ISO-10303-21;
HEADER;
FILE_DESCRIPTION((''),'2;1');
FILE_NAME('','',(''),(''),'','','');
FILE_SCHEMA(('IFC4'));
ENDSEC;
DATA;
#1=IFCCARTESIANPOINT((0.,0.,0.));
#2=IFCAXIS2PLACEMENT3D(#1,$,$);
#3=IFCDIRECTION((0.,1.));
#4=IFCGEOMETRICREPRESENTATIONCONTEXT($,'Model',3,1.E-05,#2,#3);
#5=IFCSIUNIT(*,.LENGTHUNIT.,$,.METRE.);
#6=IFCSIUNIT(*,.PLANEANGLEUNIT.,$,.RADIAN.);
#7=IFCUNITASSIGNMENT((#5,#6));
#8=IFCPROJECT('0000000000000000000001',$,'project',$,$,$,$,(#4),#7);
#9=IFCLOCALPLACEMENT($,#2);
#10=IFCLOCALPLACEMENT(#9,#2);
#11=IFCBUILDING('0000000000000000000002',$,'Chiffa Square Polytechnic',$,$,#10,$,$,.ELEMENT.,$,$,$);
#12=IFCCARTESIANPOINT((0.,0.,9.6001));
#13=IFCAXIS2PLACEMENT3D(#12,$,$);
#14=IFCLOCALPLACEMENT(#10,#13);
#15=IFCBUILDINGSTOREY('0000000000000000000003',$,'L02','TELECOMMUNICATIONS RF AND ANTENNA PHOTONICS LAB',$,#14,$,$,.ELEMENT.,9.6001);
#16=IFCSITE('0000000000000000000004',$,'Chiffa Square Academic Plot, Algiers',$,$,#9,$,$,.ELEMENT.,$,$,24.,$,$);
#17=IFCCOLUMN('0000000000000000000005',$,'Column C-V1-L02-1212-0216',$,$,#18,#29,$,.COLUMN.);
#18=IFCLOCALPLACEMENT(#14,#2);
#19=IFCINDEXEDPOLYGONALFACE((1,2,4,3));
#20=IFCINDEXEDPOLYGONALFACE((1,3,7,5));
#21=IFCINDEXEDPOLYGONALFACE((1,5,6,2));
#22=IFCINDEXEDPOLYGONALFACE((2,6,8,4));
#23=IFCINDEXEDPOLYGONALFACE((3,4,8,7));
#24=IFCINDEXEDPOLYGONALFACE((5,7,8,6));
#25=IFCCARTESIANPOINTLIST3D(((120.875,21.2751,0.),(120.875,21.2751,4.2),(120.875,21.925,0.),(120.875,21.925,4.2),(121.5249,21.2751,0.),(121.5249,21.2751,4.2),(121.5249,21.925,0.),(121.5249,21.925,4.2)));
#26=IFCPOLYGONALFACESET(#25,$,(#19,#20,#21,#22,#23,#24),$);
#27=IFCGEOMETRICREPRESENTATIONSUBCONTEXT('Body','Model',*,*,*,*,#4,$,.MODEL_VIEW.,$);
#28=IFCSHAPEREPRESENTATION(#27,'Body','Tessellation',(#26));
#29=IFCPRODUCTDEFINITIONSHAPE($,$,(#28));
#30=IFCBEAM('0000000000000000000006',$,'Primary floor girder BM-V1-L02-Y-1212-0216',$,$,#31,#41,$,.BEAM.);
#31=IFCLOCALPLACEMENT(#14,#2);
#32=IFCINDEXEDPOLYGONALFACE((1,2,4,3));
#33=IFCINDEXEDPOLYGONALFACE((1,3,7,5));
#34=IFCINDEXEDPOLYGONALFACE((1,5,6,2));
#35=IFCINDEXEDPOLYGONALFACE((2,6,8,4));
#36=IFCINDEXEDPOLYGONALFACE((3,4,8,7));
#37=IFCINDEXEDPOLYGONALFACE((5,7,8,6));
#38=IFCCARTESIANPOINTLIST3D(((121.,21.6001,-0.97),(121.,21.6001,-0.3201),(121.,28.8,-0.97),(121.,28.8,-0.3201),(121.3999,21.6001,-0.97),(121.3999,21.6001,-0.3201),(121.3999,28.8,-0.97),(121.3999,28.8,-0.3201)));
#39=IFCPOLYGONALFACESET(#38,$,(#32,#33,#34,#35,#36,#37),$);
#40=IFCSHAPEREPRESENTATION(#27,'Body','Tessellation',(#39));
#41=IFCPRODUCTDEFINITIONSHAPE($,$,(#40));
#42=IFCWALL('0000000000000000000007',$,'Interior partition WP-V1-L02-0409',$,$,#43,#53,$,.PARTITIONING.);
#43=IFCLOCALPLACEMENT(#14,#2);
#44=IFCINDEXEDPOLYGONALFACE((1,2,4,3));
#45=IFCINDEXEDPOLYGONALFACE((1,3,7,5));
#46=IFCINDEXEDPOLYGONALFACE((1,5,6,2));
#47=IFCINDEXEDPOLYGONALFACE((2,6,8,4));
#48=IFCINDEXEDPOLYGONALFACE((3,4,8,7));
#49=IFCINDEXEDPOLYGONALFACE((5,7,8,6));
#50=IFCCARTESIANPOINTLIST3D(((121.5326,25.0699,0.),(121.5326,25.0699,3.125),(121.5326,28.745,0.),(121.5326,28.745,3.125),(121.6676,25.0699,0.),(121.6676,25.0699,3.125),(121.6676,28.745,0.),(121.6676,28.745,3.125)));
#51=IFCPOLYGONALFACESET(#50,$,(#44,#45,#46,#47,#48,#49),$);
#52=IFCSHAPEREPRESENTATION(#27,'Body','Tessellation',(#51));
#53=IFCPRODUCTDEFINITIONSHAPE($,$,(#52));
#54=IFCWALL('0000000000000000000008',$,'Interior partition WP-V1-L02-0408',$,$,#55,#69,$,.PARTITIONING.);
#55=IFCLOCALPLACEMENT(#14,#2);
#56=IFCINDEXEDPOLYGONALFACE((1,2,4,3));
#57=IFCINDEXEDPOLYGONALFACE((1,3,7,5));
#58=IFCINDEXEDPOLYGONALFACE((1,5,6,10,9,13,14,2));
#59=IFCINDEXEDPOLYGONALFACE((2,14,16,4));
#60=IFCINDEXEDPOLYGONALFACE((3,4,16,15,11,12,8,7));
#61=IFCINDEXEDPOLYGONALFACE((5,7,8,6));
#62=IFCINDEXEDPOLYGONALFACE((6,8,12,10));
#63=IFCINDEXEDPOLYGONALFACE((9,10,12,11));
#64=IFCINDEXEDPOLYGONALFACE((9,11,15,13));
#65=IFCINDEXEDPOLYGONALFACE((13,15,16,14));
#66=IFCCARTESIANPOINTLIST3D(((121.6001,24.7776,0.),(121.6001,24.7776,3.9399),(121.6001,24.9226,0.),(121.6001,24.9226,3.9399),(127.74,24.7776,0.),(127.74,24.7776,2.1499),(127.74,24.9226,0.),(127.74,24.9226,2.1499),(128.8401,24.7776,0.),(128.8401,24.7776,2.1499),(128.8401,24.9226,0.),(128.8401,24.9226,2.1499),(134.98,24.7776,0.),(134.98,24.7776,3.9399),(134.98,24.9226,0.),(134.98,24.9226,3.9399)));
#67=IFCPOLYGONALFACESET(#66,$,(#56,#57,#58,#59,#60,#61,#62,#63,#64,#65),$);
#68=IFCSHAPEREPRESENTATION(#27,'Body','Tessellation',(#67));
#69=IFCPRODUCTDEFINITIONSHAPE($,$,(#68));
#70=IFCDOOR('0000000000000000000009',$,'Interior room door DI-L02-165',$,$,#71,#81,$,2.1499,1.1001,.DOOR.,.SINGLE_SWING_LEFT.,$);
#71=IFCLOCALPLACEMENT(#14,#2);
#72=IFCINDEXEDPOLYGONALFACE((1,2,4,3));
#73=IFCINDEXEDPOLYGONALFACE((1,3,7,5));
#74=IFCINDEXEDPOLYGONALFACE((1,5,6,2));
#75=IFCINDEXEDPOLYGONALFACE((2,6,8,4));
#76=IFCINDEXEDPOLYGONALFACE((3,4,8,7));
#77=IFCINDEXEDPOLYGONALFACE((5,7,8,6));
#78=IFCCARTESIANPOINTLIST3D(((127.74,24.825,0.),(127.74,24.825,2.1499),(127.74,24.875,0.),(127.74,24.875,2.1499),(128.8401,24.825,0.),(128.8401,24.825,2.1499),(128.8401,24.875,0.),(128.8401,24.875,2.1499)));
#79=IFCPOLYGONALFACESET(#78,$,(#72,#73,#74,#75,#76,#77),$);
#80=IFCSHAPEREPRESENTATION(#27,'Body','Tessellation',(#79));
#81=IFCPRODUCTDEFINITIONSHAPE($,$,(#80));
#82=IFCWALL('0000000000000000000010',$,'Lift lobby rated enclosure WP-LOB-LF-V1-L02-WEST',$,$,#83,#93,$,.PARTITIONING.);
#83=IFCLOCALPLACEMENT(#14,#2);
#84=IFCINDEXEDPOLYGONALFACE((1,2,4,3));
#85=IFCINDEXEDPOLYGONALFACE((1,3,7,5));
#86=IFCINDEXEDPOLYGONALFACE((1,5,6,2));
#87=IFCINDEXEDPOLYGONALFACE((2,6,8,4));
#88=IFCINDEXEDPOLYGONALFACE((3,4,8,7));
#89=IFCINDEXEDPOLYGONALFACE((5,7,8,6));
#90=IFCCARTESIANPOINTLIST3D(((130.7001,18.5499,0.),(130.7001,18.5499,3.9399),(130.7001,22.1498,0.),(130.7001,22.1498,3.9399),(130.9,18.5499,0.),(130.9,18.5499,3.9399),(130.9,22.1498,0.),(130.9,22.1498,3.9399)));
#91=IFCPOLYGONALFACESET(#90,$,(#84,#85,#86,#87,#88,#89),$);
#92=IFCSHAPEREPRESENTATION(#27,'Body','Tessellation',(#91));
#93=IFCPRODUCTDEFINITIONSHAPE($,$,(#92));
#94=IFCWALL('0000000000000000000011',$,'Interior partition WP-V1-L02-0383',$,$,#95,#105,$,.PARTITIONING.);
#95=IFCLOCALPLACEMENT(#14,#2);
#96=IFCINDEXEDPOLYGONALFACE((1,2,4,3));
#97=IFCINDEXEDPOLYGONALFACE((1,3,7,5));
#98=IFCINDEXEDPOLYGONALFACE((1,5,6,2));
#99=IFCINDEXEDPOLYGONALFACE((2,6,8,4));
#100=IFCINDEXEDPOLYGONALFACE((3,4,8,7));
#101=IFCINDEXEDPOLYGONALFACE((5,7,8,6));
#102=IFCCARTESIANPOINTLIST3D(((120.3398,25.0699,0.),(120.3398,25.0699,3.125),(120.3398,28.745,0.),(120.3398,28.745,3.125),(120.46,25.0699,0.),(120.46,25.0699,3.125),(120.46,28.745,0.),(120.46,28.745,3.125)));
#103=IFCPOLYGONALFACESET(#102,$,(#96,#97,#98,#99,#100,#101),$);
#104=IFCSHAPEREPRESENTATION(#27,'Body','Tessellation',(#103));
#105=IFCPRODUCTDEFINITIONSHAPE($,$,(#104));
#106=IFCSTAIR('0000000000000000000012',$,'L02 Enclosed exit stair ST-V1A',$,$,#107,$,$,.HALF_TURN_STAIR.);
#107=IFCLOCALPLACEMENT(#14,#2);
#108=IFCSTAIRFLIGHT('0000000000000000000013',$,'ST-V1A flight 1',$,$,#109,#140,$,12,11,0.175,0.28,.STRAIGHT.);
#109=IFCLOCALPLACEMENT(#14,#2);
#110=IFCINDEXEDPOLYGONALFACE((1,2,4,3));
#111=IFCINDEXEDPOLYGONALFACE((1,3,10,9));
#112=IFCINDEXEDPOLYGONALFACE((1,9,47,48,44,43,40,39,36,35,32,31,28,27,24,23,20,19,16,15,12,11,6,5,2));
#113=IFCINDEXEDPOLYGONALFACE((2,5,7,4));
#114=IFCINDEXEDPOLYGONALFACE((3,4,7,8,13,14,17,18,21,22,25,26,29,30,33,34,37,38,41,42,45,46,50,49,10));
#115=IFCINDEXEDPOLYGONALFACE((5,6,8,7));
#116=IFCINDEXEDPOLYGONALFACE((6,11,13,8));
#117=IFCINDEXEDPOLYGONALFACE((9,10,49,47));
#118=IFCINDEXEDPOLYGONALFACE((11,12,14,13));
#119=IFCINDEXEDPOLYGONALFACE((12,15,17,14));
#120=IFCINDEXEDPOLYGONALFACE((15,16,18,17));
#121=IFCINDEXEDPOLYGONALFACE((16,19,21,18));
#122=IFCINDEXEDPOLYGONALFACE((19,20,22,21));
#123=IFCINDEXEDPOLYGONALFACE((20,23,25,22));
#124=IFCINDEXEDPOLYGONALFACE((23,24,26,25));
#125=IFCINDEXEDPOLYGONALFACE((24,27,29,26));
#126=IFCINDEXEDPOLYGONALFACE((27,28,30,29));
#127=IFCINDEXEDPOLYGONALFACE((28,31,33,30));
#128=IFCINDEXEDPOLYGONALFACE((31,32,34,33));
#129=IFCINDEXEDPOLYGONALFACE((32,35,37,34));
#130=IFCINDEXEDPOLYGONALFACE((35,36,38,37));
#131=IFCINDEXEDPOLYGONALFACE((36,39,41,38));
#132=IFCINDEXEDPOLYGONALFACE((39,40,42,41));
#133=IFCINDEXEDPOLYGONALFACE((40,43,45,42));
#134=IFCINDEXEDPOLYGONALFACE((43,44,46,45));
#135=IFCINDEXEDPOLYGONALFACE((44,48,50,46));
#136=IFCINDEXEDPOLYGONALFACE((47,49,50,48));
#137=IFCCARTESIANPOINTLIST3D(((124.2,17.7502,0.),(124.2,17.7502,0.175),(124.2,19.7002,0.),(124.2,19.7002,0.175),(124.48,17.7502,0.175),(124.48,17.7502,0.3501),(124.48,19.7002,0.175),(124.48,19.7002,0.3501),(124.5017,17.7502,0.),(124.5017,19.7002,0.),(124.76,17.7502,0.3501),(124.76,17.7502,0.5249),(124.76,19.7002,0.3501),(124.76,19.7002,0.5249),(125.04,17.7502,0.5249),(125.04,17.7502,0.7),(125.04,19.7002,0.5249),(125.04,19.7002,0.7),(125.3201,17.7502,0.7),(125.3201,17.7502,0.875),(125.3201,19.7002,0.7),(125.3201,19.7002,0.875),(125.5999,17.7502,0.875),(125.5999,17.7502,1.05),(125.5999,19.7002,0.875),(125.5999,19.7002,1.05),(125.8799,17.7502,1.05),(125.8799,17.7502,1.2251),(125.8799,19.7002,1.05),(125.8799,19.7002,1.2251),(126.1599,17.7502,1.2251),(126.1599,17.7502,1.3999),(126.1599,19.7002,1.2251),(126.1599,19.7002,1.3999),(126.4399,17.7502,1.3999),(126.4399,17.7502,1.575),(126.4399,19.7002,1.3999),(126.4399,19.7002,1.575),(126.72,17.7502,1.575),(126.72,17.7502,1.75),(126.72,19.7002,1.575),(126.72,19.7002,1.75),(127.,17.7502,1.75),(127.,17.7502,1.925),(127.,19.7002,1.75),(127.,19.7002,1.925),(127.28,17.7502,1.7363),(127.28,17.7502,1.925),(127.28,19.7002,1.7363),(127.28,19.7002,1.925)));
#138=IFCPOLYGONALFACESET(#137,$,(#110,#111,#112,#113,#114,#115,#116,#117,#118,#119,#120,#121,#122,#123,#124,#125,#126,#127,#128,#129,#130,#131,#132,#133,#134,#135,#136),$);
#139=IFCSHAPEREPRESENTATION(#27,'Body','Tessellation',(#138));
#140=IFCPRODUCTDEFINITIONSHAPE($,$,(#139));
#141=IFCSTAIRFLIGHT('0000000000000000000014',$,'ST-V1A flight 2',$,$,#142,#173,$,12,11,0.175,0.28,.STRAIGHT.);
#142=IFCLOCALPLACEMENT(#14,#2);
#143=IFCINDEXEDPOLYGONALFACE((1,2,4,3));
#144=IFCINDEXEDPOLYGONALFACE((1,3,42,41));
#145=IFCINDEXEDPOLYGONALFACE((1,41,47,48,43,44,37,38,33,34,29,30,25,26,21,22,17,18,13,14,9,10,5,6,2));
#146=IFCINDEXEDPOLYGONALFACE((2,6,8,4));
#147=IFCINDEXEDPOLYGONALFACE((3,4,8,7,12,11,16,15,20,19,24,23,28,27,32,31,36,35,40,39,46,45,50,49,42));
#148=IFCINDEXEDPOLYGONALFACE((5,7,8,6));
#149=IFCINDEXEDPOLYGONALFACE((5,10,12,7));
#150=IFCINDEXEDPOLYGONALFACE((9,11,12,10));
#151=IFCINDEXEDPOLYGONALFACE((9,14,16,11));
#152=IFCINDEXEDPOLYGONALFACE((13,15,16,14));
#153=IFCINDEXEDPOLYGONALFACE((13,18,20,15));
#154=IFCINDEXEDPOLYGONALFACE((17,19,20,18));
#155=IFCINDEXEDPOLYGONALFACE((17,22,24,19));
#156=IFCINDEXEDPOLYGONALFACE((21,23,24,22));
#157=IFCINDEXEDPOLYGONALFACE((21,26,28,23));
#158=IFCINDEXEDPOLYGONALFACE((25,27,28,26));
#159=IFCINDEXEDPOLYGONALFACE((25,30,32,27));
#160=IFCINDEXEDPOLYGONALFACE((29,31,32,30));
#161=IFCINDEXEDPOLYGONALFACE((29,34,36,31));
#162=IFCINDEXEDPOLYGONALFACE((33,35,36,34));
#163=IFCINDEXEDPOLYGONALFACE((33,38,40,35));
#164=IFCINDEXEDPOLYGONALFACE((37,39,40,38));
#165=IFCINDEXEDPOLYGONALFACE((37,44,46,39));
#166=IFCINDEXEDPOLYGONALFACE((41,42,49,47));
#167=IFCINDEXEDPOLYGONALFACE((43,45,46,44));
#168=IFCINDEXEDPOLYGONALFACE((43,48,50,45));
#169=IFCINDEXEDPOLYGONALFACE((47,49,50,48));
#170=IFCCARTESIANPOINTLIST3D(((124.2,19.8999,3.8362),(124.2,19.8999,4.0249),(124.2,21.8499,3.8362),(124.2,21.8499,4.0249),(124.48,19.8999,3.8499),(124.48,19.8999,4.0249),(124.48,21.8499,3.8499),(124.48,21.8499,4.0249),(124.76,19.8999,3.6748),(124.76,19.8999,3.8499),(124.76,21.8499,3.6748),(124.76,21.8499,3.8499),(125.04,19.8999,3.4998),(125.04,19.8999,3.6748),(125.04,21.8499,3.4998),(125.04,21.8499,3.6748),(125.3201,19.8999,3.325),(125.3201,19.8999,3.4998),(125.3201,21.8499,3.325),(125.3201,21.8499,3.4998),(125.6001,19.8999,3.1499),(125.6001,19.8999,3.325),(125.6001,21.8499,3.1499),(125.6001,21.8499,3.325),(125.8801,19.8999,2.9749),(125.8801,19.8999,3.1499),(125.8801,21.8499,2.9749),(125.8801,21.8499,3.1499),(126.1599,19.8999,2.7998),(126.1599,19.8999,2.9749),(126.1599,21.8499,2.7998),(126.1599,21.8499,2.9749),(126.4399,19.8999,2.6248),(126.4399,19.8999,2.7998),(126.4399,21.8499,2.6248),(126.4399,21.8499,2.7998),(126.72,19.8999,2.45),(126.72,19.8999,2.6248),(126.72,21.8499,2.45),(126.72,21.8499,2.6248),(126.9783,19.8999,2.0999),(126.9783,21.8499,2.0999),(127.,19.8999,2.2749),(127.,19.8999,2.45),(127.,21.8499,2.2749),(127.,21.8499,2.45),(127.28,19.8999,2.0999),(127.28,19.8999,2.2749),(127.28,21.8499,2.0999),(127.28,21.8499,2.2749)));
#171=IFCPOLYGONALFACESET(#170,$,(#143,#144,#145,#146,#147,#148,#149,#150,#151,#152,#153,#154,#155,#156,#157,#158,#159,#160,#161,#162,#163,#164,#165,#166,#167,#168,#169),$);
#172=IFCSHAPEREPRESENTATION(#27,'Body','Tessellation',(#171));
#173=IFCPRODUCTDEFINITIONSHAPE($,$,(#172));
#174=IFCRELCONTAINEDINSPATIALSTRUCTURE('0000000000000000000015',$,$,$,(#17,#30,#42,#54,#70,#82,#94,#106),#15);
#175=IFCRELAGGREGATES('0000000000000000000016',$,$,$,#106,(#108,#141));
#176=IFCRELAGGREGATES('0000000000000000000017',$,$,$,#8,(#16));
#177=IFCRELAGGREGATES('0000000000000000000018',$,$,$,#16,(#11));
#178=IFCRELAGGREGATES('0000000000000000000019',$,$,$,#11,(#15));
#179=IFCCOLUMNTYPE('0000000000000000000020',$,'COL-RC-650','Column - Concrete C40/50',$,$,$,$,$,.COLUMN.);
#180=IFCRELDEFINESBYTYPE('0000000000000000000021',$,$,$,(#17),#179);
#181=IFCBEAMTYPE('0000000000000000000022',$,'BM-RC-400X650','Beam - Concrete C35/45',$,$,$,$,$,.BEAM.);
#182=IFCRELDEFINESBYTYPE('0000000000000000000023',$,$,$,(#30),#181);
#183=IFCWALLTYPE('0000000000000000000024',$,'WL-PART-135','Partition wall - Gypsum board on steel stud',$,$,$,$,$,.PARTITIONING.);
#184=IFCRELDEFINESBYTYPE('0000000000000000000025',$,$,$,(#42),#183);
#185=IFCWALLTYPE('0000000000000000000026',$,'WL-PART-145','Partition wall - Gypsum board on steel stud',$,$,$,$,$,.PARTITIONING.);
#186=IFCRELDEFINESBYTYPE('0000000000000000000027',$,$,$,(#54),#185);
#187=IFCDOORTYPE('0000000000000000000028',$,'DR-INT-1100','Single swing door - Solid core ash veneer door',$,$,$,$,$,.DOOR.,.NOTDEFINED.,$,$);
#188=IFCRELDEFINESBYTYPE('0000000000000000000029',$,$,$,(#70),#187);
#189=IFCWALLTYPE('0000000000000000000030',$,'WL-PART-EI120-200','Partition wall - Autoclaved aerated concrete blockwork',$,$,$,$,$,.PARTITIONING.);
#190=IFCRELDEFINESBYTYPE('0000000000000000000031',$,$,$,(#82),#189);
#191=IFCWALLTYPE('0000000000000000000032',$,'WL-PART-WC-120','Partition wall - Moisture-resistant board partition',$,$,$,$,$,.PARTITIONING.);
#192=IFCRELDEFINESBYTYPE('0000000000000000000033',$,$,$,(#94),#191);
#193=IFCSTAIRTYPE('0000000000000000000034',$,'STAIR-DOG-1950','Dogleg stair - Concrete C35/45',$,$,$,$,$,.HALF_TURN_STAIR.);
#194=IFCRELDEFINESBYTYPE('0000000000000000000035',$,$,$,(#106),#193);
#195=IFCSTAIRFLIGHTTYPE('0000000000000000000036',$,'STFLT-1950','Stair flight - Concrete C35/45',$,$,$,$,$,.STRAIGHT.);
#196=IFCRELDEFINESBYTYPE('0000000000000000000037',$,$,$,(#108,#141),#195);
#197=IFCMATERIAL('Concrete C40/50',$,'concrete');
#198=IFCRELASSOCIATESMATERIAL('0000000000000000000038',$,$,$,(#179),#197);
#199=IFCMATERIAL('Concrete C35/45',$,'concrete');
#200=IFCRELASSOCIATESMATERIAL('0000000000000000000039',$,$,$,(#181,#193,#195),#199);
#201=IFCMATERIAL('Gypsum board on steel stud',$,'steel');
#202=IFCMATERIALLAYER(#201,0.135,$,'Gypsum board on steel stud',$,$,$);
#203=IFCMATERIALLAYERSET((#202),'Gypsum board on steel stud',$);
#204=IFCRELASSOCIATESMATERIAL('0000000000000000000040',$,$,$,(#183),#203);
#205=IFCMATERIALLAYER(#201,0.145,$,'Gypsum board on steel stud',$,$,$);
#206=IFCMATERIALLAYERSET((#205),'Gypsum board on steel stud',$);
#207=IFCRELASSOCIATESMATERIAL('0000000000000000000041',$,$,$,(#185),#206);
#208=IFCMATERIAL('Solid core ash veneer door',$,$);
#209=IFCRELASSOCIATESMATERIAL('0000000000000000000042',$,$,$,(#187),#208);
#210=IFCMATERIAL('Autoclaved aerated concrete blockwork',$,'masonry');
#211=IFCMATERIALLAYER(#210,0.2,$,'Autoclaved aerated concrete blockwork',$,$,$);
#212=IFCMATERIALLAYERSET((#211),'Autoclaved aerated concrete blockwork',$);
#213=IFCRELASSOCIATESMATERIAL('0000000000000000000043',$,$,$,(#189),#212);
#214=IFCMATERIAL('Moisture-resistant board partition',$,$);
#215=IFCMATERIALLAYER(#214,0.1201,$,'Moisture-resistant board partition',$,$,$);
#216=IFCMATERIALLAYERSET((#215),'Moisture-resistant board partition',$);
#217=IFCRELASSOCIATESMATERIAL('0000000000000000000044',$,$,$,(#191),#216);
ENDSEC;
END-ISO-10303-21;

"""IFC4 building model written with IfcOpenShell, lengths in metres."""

from ifc_helpers import new_model, si_unit, direction, frame, frame_2d, origin, origin_2d, place, context, subcontext, project, spatial, polyline, rectangle, outline, extrude, material, layer, layer_set, material_profile, profile_set, type_object, element, fill, aggregate, save


model = new_model("IFC4")

# Units and contexts
model_context = context("Model", 3, precision=1e-05, world=origin(), true_north=direction((0.0, 1.0)))
body_context = subcontext(model_context, "Body", "Model", "MODEL_VIEW")
ifc_project = project(units=[si_unit("LENGTHUNIT", "METRE"), si_unit("PLANEANGLEUNIT", "RADIAN")], contexts=[model_context])

# Site, building, storey
site_placement = place(None, origin())
site = spatial("IfcSite", under=ifc_project, at=site_placement, Name="Chiffa Square Academic Plot, Algiers", CompositionType="ELEMENT", RefElevation=24.0)
building_placement = place(site_placement, origin())
building = spatial("IfcBuilding", under=site, at=building_placement, Name="Chiffa Square Polytechnic", CompositionType="ELEMENT")
storey_placement = place(building_placement, frame((0.0, 0.0, 9.6001)))
storey = spatial("IfcBuildingStorey", under=building, at=storey_placement, Name="L02", Description="TELECOMMUNICATIONS RF AND ANTENNA PHOTONICS LAB", CompositionType="ELEMENT", Elevation=9.6001)

# Column
ifc_material_1 = material(Name="Concrete C40/50", Category="concrete")
ifc_material_profile_1 = material_profile(ifc_material_1, rectangle(XDim=0.6499, YDim=0.6499, at=origin_2d()), Name="RC 650x650")
ifc_profile_set_1 = profile_set([ifc_material_profile_1], Name="Concrete C40/50")
column_type = type_object("IfcColumnType", Name="COL-RC-650", Description="Column - Concrete C40/50", PredefinedType="COLUMN", material=ifc_profile_set_1)
column_placement = place(storey_placement, frame((121.2, 21.6001, 0.0), z_axis=(0.0, 0.0, 1.0), x_axis=(1.0, 0.0, 0.0)))
element("IfcColumn", 1, at=column_placement, inside=storey, type_object=column_type, Name="Column C-V1-L02-1212-0216", PredefinedType="COLUMN", context=body_context, shape_type="SweptSolid", body=[
    extrude(rectangle(XDim=0.6499, YDim=0.6499, at=origin_2d()), origin(), (0.0, 0.0, 1.0), 4.2),
])

# Beam
ifc_material_2 = material(Name="Concrete C35/45", Category="concrete")
ifc_material_profile_2 = material_profile(ifc_material_2, rectangle(XDim=0.3999, YDim=0.6499, at=origin_2d()), Name="RC 400x650")
ifc_profile_set_2 = profile_set([ifc_material_profile_2], Name="Concrete C35/45")
beam_type = type_object("IfcBeamType", Name="BM-RC-400X650", Description="Beam - Concrete C35/45", PredefinedType="BEAM", material=ifc_profile_set_2)
beam_placement = place(storey_placement, frame((121.2, 21.6001, -0.645), z_axis=(0.0, 1.0, 0.0), x_axis=(-1.0, 0.0, 0.0)))
element("IfcBeam", 2, at=beam_placement, inside=storey, type_object=beam_type, Name="Primary floor girder BM-V1-L02-Y-1212-0216", PredefinedType="BEAM", context=body_context, shape_type="SweptSolid", body=[
    extrude(rectangle(XDim=0.3999, YDim=0.6499, at=origin_2d()), origin(), (0.0, 0.0, 1.0), 7.2),
])

# Wall
ifc_material_3 = material(Name="Gypsum board on steel stud", Category="steel")
ifc_layer_1 = layer(ifc_material_3, 0.135, Name="Gypsum board on steel stud")
ifc_layer_set_1 = layer_set([ifc_layer_1], Name="Gypsum board on steel stud")
wall_type_1 = type_object("IfcWallType", Name="WL-PART-135", Description="Partition wall - Gypsum board on steel stud", PredefinedType="PARTITIONING", material=ifc_layer_set_1)
wall_1_placement = place(storey_placement, frame((121.6001, 25.0701, 0.0), z_axis=(0.0, 0.0, 1.0), x_axis=(0.0, 1.0, 0.0)))
element("IfcWall", 3, at=wall_1_placement, inside=storey, type_object=wall_type_1, Name="Interior partition WP-V1-L02-0409", PredefinedType="PARTITIONING", context=body_context, shape_type="SweptSolid", body=[
    extrude(rectangle(XDim=3.675, YDim=0.135, at=frame_2d((1.8374, 0.0))), origin(), (0.0, 0.0, 1.0), 3.125),
])

# Wall, opening, door
ifc_layer_2 = layer(ifc_material_3, 0.145, Name="Gypsum board on steel stud")
ifc_layer_set_2 = layer_set([ifc_layer_2], Name="Gypsum board on steel stud")
wall_type_2 = type_object("IfcWallType", Name="WL-PART-145", Description="Partition wall - Gypsum board on steel stud", PredefinedType="PARTITIONING", material=ifc_layer_set_2)
wall_2_placement = place(storey_placement, frame((121.6001, 24.8501, 0.0), z_axis=(0.0, 0.0, 1.0), x_axis=(1.0, 0.0, 0.0)))
wall_2 = element("IfcWall", 4, at=wall_2_placement, inside=storey, type_object=wall_type_2, Name="Interior partition WP-V1-L02-0408", PredefinedType="PARTITIONING", context=body_context, shape_type="SweptSolid", body=[
    extrude(rectangle(XDim=13.3799, YDim=0.145, at=frame_2d((6.6899, 0.0))), origin(), (0.0, 0.0, 1.0), 3.9399),
])
opening_1_placement = place(wall_2_placement, frame((6.1399, 0.0, 0.0)))
opening_1 = element("IfcOpeningElement", 5, at=opening_1_placement, cuts=wall_2, PredefinedType="OPENING", context=body_context, shape_type="SweptSolid", body=[
    extrude(rectangle(XDim=1.1001, YDim=2.1499, at=frame_2d((0.55, 1.075))), frame((0.0, 0.0825, 0.0), z_axis=(0.0, -1.0, 0.0), x_axis=(1.0, 0.0, 0.0)), (0.0, 0.0, 1.0), 0.165),
])
ifc_material_4 = material(Name="Solid core ash veneer door")
door_type_1 = type_object("IfcDoorType", Name="DR-INT-1100", Description="Single swing door - Solid core ash veneer door", OperationType="NOTDEFINED", PredefinedType="DOOR", material=ifc_material_4)
door_1_placement = place(opening_1_placement, origin())
door_1 = element("IfcDoor", 6, at=door_1_placement, inside=storey, type_object=door_type_1, Name="Interior room door DI-L02-165", OperationType="SINGLE_SWING_LEFT", OverallHeight=2.1499, OverallWidth=1.1001, PredefinedType="DOOR", context=body_context, shape_type="SweptSolid", body=[
    extrude(rectangle(XDim=1.1001, YDim=2.1499, at=frame_2d((0.55, 1.075))), frame((0.0, 0.0249, 0.0), z_axis=(0.0, -1.0, 0.0), x_axis=(1.0, 0.0, 0.0)), (0.0, 0.0, 1.0), 0.05),
])
fill(opening_1, door_1)

# Walls
ifc_material_5 = material(Name="Autoclaved aerated concrete blockwork", Category="masonry")
ifc_layer_3 = layer(ifc_material_5, 0.2, Name="Autoclaved aerated concrete blockwork")
ifc_layer_set_3 = layer_set([ifc_layer_3], Name="Autoclaved aerated concrete blockwork")
wall_type_3 = type_object("IfcWallType", Name="WL-PART-EI120-200", Description="Partition wall - Autoclaved aerated concrete blockwork", PredefinedType="PARTITIONING", material=ifc_layer_set_3)
wall_3_placement = place(storey_placement, frame((130.8, 18.55, 0.0), z_axis=(0.0, 0.0, 1.0), x_axis=(0.0, 1.0, 0.0)))
element("IfcWall", 7, at=wall_3_placement, inside=storey, type_object=wall_type_3, Name="Lift lobby rated enclosure WP-LOB-LF-V1-L02-WEST", PredefinedType="PARTITIONING", context=body_context, shape_type="SweptSolid", body=[
    extrude(rectangle(XDim=3.5999, YDim=0.2, at=frame_2d((1.7998, 0.0))), origin(), (0.0, 0.0, 1.0), 3.9399),
])
ifc_material_6 = material(Name="Moisture-resistant board partition")
ifc_layer_4 = layer(ifc_material_6, 0.1201, Name="Moisture-resistant board partition")
ifc_layer_set_4 = layer_set([ifc_layer_4], Name="Moisture-resistant board partition")
wall_type_4 = type_object("IfcWallType", Name="WL-PART-WC-120", Description="Partition wall - Moisture-resistant board partition", PredefinedType="PARTITIONING", material=ifc_layer_set_4)
wall_4_placement = place(storey_placement, frame((120.3999, 25.0701, 0.0), z_axis=(0.0, 0.0, 1.0), x_axis=(0.0, 1.0, 0.0)))
element("IfcWall", 8, at=wall_4_placement, inside=storey, type_object=wall_type_4, Name="Interior partition WP-V1-L02-0383", PredefinedType="PARTITIONING", context=body_context, shape_type="SweptSolid", body=[
    extrude(rectangle(XDim=3.675, YDim=0.1201, at=frame_2d((1.8374, 0.0))), origin(), (0.0, 0.0, 1.0), 3.125),
])

# Stair, stair flights
stair_type = type_object("IfcStairType", Name="STAIR-DOG-1950", Description="Dogleg stair - Concrete C35/45", PredefinedType="HALF_TURN_STAIR", material=ifc_material_2)
stair_placement = place(storey_placement, origin())
stair = element("IfcStair", 9, at=stair_placement, inside=storey, type_object=stair_type, Name="L02 Enclosed exit stair ST-V1A", PredefinedType="HALF_TURN_STAIR")
stair_flight_type = type_object("IfcStairFlightType", Name="STFLT-1950", Description="Stair flight - Concrete C35/45", PredefinedType="STRAIGHT", material=ifc_material_2)
stair_flight_1_placement = place(storey_placement, frame((124.2, 18.7251, 0.0), z_axis=(0.0, 0.0, 1.0), x_axis=(1.0, 0.0, 0.0)))
stair_flight_1 = element("IfcStairFlight", 10, at=stair_flight_1_placement, type_object=stair_flight_type, Name="ST-V1A flight 1", NumberOfRisers=12, NumberOfTreads=11, PredefinedType="STRAIGHT", RiserHeight=0.175, TreadLength=0.28, context=body_context, shape_type="SweptSolid", body=[
    extrude(outline(polyline([(0.0, 0.0), (0.0, 0.175), (0.28, 0.175), (0.28, 0.3501), (0.5601, 0.3501), (0.5601, 0.5249), (0.8401, 0.5249), (0.8401, 0.7), (1.1201, 0.7), (1.1201, 0.875), (1.3999, 0.875), (1.3999, 1.05), (1.6799, 1.05), (1.6799, 1.2251), (1.96, 1.2251), (1.96, 1.3999), (2.24, 1.3999), (2.24, 1.575), (2.52, 1.575), (2.52, 1.75), (2.8, 1.75), (2.8, 1.925), (3.0801, 1.925), (3.0801, 2.1001), (3.0801, 1.7363), (0.3018, 0.0), (0.0, 0.0)])), frame((0.0, 0.9751, 0.0), z_axis=(0.0, -1.0, 0.0), x_axis=(1.0, 0.0, 0.0)), (0.0, 0.0, 1.0), 1.95),
])
stair_flight_2_placement = place(storey_placement, frame((127.28, 20.875, 2.0999), z_axis=(0.0, 0.0, 1.0), x_axis=(-1.0, 0.0, 0.0)))
stair_flight_2 = element("IfcStairFlight", 11, at=stair_flight_2_placement, type_object=stair_flight_type, Name="ST-V1A flight 2", NumberOfRisers=12, NumberOfTreads=11, PredefinedType="STRAIGHT", RiserHeight=0.175, TreadLength=0.28, context=body_context, shape_type="SweptSolid", body=[
    extrude(outline(polyline([(0.0, 0.0), (0.0, 0.175), (0.28, 0.175), (0.28, 0.3501), (0.5601, 0.3501), (0.5601, 0.5249), (0.8401, 0.5249), (0.8401, 0.7), (1.1201, 0.7), (1.1201, 0.875), (1.3999, 0.875), (1.3999, 1.05), (1.6799, 1.05), (1.6799, 1.2251), (1.96, 1.2251), (1.96, 1.3999), (2.24, 1.3999), (2.24, 1.575), (2.52, 1.575), (2.52, 1.75), (2.8, 1.75), (2.8, 1.925), (3.0801, 1.925), (3.0801, 2.1001), (3.0801, 1.7363), (0.3018, 0.0), (0.0, 0.0)])), frame((0.0, 0.9751, 0.0), z_axis=(0.0, -1.0, 0.0), x_axis=(1.0, 0.0, 0.0)), (0.0, 0.0, 1.0), 1.95),
])
aggregate(stair, [stair_flight_1, stair_flight_2])

save(model, "model.ifc")
